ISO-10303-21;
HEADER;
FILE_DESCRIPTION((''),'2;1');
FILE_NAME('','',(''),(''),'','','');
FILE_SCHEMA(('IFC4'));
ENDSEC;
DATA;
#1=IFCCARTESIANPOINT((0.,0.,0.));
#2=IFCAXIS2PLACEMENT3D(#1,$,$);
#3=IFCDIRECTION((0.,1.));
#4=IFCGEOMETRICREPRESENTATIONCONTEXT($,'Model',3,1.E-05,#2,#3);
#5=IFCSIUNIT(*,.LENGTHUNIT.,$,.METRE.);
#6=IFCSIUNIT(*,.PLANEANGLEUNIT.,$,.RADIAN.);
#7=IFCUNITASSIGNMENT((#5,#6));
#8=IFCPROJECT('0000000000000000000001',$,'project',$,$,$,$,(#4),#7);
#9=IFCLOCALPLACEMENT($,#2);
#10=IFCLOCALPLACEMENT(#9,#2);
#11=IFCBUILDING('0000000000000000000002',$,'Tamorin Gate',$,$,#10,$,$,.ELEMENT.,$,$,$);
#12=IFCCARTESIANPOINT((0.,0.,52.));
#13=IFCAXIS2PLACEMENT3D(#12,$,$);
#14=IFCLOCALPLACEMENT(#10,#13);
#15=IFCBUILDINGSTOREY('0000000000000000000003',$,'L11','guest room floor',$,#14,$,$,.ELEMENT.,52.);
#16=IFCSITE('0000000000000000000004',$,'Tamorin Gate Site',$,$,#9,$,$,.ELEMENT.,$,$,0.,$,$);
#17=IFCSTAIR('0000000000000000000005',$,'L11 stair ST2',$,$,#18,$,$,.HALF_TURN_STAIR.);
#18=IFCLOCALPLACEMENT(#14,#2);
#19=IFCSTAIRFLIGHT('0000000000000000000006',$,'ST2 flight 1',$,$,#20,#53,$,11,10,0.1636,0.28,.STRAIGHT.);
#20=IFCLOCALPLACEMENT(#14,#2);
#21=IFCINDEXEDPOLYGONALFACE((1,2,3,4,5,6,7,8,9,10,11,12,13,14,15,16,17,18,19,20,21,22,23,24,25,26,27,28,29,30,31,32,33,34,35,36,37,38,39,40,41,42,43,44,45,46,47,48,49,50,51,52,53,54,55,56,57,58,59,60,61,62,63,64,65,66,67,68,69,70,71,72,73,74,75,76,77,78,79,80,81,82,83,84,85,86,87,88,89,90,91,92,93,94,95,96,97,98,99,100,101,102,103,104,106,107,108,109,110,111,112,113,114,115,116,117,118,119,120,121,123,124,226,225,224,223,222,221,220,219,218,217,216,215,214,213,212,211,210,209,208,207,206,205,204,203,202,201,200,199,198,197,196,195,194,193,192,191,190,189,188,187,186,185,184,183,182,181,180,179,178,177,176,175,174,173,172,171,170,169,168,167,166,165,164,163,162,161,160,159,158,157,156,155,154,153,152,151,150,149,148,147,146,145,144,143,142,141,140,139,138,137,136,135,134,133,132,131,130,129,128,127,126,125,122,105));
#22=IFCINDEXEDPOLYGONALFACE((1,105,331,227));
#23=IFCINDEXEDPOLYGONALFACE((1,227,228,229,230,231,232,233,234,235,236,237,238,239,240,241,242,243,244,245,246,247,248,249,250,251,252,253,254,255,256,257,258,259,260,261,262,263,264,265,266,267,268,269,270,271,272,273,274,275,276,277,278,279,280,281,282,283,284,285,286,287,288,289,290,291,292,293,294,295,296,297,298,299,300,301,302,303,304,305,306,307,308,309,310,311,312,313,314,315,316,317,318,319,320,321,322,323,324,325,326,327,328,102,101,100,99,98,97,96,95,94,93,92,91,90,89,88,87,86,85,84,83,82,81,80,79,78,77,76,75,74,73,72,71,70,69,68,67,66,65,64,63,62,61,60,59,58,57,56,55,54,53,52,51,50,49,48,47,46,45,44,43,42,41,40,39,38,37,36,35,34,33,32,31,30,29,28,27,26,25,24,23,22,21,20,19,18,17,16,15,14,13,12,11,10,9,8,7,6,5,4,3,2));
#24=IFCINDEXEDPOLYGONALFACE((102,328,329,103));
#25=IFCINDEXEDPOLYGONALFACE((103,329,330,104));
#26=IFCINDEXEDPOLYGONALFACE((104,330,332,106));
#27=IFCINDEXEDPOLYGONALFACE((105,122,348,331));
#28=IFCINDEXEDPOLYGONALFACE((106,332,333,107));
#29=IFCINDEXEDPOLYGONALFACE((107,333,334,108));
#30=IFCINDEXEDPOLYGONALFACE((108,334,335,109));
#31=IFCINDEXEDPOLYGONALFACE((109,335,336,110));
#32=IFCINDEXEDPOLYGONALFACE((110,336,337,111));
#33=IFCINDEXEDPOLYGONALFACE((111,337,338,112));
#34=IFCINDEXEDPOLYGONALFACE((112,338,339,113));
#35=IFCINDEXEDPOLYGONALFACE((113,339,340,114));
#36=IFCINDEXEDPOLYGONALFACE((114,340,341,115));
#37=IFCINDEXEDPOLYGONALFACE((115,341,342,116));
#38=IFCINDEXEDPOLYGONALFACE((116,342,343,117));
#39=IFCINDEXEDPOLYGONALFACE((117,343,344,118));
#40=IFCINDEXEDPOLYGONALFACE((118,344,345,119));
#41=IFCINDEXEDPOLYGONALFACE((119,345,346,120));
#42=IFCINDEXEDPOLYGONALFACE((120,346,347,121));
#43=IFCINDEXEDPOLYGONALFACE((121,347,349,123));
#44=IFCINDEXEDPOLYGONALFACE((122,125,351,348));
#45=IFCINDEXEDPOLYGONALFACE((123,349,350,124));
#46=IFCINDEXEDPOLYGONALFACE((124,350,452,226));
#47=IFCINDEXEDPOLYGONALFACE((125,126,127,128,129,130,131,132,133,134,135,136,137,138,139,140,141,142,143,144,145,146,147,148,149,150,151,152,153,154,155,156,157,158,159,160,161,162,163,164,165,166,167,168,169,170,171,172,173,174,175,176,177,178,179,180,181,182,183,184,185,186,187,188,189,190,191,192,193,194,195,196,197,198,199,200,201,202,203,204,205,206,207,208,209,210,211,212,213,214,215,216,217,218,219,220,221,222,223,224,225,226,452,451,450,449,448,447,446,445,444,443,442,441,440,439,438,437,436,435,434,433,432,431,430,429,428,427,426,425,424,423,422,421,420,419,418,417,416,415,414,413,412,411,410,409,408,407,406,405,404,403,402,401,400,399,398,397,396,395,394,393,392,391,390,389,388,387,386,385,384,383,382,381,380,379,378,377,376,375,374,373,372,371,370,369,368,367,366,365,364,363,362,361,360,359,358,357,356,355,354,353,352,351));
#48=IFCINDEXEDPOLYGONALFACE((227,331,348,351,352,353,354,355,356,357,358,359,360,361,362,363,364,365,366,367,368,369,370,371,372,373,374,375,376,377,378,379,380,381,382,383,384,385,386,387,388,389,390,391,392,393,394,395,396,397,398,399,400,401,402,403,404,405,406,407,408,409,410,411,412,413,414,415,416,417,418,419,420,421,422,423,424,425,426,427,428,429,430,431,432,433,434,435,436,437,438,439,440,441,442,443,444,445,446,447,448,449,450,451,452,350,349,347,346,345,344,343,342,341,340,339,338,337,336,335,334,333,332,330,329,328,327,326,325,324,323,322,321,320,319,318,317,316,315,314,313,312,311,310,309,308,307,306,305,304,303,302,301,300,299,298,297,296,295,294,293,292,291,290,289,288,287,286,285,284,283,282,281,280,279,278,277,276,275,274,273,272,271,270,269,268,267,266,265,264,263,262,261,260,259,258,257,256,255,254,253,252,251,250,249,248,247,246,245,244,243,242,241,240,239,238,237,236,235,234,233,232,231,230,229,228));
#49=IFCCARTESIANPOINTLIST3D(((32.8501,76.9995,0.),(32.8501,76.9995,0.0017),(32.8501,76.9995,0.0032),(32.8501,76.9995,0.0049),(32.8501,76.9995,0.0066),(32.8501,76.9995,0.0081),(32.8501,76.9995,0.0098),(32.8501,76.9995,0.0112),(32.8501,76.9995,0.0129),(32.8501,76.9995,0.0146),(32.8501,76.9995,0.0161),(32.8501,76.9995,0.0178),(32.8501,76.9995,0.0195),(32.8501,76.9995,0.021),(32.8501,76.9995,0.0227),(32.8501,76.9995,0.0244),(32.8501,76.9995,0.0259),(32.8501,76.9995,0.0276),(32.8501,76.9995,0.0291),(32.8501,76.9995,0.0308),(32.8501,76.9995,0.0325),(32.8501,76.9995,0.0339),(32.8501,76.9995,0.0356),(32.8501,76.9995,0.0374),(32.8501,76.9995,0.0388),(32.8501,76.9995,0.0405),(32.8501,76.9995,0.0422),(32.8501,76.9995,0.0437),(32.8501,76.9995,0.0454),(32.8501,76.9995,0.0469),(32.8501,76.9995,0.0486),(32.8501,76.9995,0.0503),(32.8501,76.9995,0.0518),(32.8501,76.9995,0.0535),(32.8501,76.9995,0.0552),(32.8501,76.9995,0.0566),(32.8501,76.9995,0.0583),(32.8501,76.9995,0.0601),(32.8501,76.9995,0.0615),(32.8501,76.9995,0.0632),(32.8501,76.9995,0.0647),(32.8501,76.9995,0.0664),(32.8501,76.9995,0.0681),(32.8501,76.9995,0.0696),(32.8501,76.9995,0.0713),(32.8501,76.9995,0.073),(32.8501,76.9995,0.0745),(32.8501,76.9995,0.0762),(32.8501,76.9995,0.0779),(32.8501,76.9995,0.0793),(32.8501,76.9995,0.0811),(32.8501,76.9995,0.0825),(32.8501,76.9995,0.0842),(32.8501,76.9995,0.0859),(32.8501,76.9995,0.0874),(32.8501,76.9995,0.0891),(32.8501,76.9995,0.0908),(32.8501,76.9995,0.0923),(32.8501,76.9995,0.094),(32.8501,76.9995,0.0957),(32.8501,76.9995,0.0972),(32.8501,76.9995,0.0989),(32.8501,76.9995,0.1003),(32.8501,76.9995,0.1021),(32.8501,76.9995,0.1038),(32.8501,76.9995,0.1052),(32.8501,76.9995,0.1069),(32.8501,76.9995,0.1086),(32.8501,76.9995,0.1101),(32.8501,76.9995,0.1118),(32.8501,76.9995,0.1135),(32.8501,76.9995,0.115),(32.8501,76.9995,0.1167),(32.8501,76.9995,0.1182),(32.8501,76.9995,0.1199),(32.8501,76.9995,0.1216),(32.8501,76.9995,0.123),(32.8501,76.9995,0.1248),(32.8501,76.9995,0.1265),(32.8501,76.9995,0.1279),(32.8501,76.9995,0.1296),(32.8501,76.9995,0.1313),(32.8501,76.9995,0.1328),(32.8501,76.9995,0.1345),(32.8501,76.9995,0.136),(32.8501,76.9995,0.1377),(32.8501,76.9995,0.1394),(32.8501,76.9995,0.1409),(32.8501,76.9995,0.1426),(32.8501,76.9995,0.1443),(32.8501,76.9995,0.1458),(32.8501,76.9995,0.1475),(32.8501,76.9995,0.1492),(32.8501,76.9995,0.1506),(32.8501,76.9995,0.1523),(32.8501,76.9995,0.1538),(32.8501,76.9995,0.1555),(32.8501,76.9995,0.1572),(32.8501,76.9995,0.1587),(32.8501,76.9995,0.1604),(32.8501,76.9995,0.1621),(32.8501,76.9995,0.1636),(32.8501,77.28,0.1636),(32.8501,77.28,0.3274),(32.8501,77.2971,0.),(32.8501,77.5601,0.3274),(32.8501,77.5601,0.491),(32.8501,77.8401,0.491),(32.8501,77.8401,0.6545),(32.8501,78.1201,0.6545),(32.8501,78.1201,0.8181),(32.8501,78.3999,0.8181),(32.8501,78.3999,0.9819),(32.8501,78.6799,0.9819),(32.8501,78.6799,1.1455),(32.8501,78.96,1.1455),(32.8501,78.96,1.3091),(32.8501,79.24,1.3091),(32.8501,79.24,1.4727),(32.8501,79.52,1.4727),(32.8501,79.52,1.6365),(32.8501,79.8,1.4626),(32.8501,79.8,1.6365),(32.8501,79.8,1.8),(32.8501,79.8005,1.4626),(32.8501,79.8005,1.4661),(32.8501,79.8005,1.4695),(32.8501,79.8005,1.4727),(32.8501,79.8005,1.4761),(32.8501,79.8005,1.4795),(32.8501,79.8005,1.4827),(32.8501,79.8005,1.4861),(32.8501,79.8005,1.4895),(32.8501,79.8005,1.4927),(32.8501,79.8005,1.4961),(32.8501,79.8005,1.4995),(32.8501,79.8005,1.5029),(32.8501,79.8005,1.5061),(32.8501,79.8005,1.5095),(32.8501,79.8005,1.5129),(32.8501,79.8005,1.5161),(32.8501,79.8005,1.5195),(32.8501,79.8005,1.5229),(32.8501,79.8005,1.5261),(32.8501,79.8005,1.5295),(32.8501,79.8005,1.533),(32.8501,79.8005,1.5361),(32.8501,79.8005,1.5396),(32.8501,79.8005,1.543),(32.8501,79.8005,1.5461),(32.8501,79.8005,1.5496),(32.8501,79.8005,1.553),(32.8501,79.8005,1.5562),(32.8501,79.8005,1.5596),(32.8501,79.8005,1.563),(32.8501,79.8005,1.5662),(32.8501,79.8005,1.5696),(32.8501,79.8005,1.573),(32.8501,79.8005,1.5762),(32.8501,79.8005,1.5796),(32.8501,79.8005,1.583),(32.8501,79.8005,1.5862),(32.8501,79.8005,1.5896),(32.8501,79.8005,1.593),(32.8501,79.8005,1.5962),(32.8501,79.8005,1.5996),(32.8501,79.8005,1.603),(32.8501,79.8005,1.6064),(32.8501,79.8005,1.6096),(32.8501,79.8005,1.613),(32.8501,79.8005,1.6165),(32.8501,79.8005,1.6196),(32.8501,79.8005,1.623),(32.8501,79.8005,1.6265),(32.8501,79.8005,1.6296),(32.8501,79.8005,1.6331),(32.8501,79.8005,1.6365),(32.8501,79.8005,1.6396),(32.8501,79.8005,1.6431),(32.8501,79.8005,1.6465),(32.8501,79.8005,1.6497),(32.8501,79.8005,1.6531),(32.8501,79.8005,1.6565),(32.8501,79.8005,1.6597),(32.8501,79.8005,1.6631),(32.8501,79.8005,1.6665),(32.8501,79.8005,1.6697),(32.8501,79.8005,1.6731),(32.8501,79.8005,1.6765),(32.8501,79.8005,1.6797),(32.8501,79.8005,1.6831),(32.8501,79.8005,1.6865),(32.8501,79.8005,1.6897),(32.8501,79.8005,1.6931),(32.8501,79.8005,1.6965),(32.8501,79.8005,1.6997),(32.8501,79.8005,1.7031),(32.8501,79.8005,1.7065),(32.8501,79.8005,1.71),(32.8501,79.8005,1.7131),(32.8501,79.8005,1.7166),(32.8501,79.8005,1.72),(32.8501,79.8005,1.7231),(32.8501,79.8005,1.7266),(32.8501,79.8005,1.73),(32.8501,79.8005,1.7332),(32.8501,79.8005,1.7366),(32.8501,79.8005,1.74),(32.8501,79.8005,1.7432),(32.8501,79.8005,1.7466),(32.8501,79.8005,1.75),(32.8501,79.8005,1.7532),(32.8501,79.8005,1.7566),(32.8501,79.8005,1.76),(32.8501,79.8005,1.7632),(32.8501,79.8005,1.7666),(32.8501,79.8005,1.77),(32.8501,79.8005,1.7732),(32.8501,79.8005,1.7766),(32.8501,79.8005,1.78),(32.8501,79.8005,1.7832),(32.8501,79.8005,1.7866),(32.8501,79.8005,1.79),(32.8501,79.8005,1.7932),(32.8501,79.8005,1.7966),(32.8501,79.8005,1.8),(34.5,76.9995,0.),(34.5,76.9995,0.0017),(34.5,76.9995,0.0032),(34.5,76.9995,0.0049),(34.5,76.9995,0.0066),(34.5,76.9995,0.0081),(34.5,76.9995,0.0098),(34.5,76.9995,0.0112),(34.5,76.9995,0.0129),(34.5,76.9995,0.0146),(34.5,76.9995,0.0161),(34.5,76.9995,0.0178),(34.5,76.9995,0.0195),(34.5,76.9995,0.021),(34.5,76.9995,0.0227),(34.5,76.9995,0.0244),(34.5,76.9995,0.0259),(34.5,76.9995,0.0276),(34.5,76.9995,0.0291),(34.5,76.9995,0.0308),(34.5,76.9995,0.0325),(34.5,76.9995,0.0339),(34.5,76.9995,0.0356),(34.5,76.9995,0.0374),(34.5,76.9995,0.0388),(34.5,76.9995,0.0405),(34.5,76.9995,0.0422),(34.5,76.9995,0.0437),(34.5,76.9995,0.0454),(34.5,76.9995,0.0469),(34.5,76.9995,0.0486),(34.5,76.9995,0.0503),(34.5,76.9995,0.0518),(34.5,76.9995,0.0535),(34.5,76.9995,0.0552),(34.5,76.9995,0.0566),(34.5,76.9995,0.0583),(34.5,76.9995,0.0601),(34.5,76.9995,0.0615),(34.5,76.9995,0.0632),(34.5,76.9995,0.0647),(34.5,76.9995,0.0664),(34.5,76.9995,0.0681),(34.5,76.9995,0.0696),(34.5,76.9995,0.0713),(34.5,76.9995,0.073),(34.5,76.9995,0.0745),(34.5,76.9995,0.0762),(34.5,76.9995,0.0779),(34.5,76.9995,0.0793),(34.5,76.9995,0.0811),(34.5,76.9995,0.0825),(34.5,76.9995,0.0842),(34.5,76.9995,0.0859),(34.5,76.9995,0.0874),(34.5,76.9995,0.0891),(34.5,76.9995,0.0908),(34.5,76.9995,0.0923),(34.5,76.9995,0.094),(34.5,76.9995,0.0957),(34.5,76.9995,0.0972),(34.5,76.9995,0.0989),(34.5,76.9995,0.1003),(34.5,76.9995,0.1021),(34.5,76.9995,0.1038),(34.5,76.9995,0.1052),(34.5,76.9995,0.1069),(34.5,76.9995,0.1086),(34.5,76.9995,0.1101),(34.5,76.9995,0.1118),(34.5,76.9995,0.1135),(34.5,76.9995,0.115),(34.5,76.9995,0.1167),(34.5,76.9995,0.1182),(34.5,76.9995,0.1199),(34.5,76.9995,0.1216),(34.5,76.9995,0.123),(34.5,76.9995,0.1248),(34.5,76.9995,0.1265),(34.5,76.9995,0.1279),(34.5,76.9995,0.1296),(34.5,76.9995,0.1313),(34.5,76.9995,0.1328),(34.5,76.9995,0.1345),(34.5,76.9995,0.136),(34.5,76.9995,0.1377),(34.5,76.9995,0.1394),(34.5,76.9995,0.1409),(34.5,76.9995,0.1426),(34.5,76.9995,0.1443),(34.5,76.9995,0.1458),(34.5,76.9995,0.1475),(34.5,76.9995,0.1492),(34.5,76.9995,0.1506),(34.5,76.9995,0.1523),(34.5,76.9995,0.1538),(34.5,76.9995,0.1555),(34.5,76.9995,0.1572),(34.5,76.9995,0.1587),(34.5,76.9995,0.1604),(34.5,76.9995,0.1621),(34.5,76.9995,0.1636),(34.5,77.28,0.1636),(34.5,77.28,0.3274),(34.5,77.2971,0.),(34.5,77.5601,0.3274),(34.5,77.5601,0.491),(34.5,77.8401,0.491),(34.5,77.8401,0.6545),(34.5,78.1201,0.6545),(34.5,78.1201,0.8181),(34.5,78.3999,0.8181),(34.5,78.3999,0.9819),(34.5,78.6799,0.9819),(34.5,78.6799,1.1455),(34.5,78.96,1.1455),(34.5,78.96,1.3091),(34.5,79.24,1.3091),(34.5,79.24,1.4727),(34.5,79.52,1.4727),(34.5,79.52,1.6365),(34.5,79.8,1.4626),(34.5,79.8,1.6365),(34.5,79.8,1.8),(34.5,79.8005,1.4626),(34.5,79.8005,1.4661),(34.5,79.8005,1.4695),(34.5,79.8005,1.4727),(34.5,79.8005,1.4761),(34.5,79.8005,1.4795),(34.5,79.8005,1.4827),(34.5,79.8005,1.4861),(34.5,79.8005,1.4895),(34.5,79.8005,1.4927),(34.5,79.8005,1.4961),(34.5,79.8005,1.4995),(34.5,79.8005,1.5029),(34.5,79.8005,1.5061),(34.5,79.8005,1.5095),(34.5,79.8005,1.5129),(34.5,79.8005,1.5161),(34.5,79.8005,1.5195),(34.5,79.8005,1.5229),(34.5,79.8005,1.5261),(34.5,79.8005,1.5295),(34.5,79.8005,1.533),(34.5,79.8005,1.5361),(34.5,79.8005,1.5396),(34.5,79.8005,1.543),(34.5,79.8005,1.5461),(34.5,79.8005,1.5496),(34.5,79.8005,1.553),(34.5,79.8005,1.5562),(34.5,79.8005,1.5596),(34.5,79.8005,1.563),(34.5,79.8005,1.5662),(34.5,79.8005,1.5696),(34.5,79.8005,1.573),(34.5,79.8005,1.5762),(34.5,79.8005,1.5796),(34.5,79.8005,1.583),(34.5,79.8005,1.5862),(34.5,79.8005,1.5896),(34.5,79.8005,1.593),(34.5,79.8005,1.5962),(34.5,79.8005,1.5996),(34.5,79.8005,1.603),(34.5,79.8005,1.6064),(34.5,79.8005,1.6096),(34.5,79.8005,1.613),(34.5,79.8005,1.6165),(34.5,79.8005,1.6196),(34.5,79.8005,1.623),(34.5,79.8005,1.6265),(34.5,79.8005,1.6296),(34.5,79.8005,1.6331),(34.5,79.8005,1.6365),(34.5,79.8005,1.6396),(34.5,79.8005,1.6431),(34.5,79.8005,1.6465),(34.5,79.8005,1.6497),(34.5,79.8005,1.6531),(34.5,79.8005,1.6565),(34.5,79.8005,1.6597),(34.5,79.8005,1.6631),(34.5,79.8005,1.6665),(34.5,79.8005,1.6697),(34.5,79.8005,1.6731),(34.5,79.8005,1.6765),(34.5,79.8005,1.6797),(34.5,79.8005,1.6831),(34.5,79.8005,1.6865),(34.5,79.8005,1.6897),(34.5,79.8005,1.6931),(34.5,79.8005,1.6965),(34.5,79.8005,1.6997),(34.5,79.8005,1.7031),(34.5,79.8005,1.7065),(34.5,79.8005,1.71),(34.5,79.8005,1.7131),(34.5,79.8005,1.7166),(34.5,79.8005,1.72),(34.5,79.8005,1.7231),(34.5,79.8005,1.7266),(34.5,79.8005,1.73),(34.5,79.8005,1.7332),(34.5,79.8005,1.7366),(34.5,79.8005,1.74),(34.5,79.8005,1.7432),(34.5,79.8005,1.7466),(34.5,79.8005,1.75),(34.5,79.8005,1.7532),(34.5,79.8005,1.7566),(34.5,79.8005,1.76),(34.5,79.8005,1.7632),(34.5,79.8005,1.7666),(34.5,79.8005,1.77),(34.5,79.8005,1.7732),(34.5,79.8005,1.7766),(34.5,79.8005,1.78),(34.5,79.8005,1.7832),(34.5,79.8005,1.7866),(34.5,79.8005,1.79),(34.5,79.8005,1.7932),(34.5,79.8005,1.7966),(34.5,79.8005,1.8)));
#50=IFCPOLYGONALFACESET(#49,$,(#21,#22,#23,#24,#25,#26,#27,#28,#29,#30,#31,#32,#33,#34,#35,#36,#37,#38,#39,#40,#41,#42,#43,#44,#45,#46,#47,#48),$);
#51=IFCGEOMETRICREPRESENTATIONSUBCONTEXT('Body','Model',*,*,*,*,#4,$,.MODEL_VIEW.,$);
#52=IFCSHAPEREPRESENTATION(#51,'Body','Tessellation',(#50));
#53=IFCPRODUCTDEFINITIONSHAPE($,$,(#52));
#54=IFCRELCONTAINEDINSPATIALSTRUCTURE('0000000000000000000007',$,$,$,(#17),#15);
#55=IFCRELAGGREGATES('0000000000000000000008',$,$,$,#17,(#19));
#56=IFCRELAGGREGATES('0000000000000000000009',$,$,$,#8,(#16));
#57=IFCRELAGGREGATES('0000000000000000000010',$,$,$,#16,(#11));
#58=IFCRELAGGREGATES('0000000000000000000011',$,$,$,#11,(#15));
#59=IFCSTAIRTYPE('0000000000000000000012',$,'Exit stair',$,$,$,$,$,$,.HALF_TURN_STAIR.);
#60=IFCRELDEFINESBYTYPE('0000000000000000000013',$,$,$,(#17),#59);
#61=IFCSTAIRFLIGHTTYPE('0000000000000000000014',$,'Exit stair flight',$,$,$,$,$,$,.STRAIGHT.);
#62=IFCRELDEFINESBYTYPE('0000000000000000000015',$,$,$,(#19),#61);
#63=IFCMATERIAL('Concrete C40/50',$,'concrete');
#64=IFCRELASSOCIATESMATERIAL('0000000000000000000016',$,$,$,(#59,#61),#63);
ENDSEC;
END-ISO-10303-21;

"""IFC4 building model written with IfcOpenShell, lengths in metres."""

from ifc_helpers import new_model, si_unit, direction, frame, origin, place, context, subcontext, project, spatial, polyline, outline, extrude, material, type_object, element, aggregate, save


model = new_model("IFC4")

# Units and contexts
model_context = context("Model", 3, precision=1e-05, world=origin(), true_north=direction((0.0, 1.0)))
body_context = subcontext(model_context, "Body", "Model", "MODEL_VIEW")
ifc_project = project(units=[si_unit("LENGTHUNIT", "METRE"), si_unit("PLANEANGLEUNIT", "RADIAN")], contexts=[model_context])

# Site, building, storey
site_placement = place(None, origin())
site = spatial("IfcSite", under=ifc_project, at=site_placement, Name="Tamorin Gate Site", CompositionType="ELEMENT", RefElevation=0.0)
building_placement = place(site_placement, origin())
building = spatial("IfcBuilding", under=site, at=building_placement, Name="Tamorin Gate", CompositionType="ELEMENT")
storey_placement = place(building_placement, frame((0.0, 0.0, 52.0)))
storey = spatial("IfcBuildingStorey", under=building, at=storey_placement, Name="L11", Description="guest room floor", CompositionType="ELEMENT", Elevation=52.0)

# Shared definitions
ifc_material_1 = material(Name="Concrete C40/50", Category="concrete")

# Stair, stair flight
stair_type = type_object("IfcStairType", Name="Exit stair", PredefinedType="HALF_TURN_STAIR", material=ifc_material_1)
stair_placement = place(storey_placement, origin())
stair = element("IfcStair", 1, at=stair_placement, inside=storey, type_object=stair_type, Name="L11 stair ST2", PredefinedType="HALF_TURN_STAIR")
stair_flight_type = type_object("IfcStairFlightType", Name="Exit stair flight", PredefinedType="STRAIGHT", material=ifc_material_1)
stair_flight_1_placement = place(storey_placement, frame((33.675, 77.0, 0.0), z_axis=(0.0, 0.0, 1.0), x_axis=(0.0, 1.0, 0.0)))
stair_flight_1 = element("IfcStairFlight", 2, at=stair_flight_1_placement, type_object=stair_flight_type, Name="ST2 flight 1", NumberOfRisers=11, NumberOfTreads=10, PredefinedType="STRAIGHT", RiserHeight=0.1636, TreadLength=0.28, context=body_context, shape_type="SweptSolid", body=[
    extrude(outline(polyline([(-0.0005, 0.0), (-0.0005, 0.0017), (-0.0005, 0.0032), (-0.0005, 0.0049), (-0.0005, 0.0066), (-0.0005, 0.0081), (-0.0005, 0.0098), (-0.0005, 0.0112), (-0.0005, 0.0129), (-0.0005, 0.0146), (-0.0005, 0.0161), (-0.0005, 0.0178), (-0.0005, 0.0195), (-0.0005, 0.021), (-0.0005, 0.0227), (-0.0005, 0.0244), (-0.0005, 0.0259), (-0.0005, 0.0276), (-0.0005, 0.0291), (-0.0005, 0.0308), (-0.0005, 0.0325), (-0.0005, 0.0339), (-0.0005, 0.0356), (-0.0005, 0.0374), (-0.0005, 0.0388), (-0.0005, 0.0405), (-0.0005, 0.0422), (-0.0005, 0.0437), (-0.0005, 0.0454), (-0.0005, 0.0469), (-0.0005, 0.0486), (-0.0005, 0.0503), (-0.0005, 0.0518), (-0.0005, 0.0535), (-0.0005, 0.0552), (-0.0005, 0.0566), (-0.0005, 0.0583), (-0.0005, 0.0601), (-0.0005, 0.0615), (-0.0005, 0.0632), (-0.0005, 0.0647), (-0.0005, 0.0664), (-0.0005, 0.0681), (-0.0005, 0.0696), (-0.0005, 0.0713), (-0.0005, 0.073), (-0.0005, 0.0745), (-0.0005, 0.0762), (-0.0005, 0.0779), (-0.0005, 0.0793), (-0.0005, 0.0811), (-0.0005, 0.0825), (-0.0005, 0.0842), (-0.0005, 0.0859), (-0.0005, 0.0874), (-0.0005, 0.0891), (-0.0005, 0.0908), (-0.0005, 0.0923), (-0.0005, 0.094), (-0.0005, 0.0957), (-0.0005, 0.0972), (-0.0005, 0.0989), (-0.0005, 0.1003), (-0.0005, 0.1021), (-0.0005, 0.1038), (-0.0005, 0.1052), (-0.0005, 0.1069), (-0.0005, 0.1086), (-0.0005, 0.1101), (-0.0005, 0.1118), (-0.0005, 0.1135), (-0.0005, 0.115), (-0.0005, 0.1167), (-0.0005, 0.1182), (-0.0005, 0.1199), (-0.0005, 0.1216), (-0.0005, 0.123), (-0.0005, 0.1248), (-0.0005, 0.1265), (-0.0005, 0.1279), (-0.0005, 0.1296), (-0.0005, 0.1313), (-0.0005, 0.1328), (-0.0005, 0.1345), (-0.0005, 0.136), (-0.0005, 0.1377), (-0.0005, 0.1394), (-0.0005, 0.1409), (-0.0005, 0.1426), (-0.0005, 0.1443), (-0.0005, 0.1458), (-0.0005, 0.1475), (-0.0005, 0.1492), (-0.0005, 0.1506), (-0.0005, 0.1523), (-0.0005, 0.1538), (-0.0005, 0.1555), (-0.0005, 0.1572), (-0.0005, 0.1587), (-0.0005, 0.1604), (-0.0005, 0.1621), (-0.0005, 0.1636), (0.28, 0.1636), (0.28, 0.3274), (0.5601, 0.3274), (0.5601, 0.491), (0.8401, 0.491), (0.8401, 0.6545), (1.1201, 0.6545), (1.1201, 0.8181), (1.3999, 0.8181), (1.3999, 0.9819), (1.6799, 0.9819), (1.6799, 1.1455), (1.96, 1.1455), (1.96, 1.3091), (2.24, 1.3091), (2.24, 1.4727), (2.52, 1.4727), (2.52, 1.6365), (2.8, 1.6365), (2.8, 1.8), (2.8005, 1.8), (2.8005, 1.7966), (2.8005, 1.7932), (2.8005, 1.79), (2.8005, 1.7866), (2.8005, 1.7832), (2.8005, 1.78), (2.8005, 1.7766), (2.8005, 1.7732), (2.8005, 1.77), (2.8005, 1.7666), (2.8005, 1.7632), (2.8005, 1.76), (2.8005, 1.7566), (2.8005, 1.7532), (2.8005, 1.75), (2.8005, 1.7466), (2.8005, 1.7432), (2.8005, 1.74), (2.8005, 1.7366), (2.8005, 1.7332), (2.8005, 1.73), (2.8005, 1.7266), (2.8005, 1.7231), (2.8005, 1.72), (2.8005, 1.7166), (2.8005, 1.7131), (2.8005, 1.71), (2.8005, 1.7065), (2.8005, 1.7031), (2.8005, 1.6997), (2.8005, 1.6965), (2.8005, 1.6931), (2.8005, 1.6897), (2.8005, 1.6865), (2.8005, 1.6831), (2.8005, 1.6797), (2.8005, 1.6765), (2.8005, 1.6731), (2.8005, 1.6697), (2.8005, 1.6665), (2.8005, 1.6631), (2.8005, 1.6597), (2.8005, 1.6565), (2.8005, 1.6531), (2.8005, 1.6497), (2.8005, 1.6465), (2.8005, 1.6431), (2.8005, 1.6396), (2.8005, 1.6365), (2.8005, 1.6331), (2.8005, 1.6296), (2.8005, 1.6265), (2.8005, 1.623), (2.8005, 1.6196), (2.8005, 1.6165), (2.8005, 1.613), (2.8005, 1.6096), (2.8005, 1.6064), (2.8005, 1.603), (2.8005, 1.5996), (2.8005, 1.5962), (2.8005, 1.593), (2.8005, 1.5896), (2.8005, 1.5862), (2.8005, 1.583), (2.8005, 1.5796), (2.8005, 1.5762), (2.8005, 1.573), (2.8005, 1.5696), (2.8005, 1.5662), (2.8005, 1.563), (2.8005, 1.5596), (2.8005, 1.5562), (2.8005, 1.553), (2.8005, 1.5496), (2.8005, 1.5461), (2.8005, 1.543), (2.8005, 1.5396), (2.8005, 1.5361), (2.8005, 1.533), (2.8005, 1.5295), (2.8005, 1.5261), (2.8005, 1.5229), (2.8005, 1.5195), (2.8005, 1.5161), (2.8005, 1.5129), (2.8005, 1.5095), (2.8005, 1.5061), (2.8005, 1.5029), (2.8005, 1.4995), (2.8005, 1.4961), (2.8005, 1.4927), (2.8005, 1.4895), (2.8005, 1.4861), (2.8005, 1.4827), (2.8005, 1.4795), (2.8005, 1.4761), (2.8005, 1.4727), (2.8005, 1.4695), (2.8005, 1.4661), (2.8005, 1.4626), (2.8, 1.4626), (0.2971, 0.0), (-0.0005, 0.0)])), frame((0.0, 0.825, 0.0), z_axis=(0.0, -1.0, 0.0), x_axis=(1.0, 0.0, 0.0)), (0.0, 0.0, 1.0), 1.6499),
])
aggregate(stair, [stair_flight_1])

save(model, "model.ifc")
